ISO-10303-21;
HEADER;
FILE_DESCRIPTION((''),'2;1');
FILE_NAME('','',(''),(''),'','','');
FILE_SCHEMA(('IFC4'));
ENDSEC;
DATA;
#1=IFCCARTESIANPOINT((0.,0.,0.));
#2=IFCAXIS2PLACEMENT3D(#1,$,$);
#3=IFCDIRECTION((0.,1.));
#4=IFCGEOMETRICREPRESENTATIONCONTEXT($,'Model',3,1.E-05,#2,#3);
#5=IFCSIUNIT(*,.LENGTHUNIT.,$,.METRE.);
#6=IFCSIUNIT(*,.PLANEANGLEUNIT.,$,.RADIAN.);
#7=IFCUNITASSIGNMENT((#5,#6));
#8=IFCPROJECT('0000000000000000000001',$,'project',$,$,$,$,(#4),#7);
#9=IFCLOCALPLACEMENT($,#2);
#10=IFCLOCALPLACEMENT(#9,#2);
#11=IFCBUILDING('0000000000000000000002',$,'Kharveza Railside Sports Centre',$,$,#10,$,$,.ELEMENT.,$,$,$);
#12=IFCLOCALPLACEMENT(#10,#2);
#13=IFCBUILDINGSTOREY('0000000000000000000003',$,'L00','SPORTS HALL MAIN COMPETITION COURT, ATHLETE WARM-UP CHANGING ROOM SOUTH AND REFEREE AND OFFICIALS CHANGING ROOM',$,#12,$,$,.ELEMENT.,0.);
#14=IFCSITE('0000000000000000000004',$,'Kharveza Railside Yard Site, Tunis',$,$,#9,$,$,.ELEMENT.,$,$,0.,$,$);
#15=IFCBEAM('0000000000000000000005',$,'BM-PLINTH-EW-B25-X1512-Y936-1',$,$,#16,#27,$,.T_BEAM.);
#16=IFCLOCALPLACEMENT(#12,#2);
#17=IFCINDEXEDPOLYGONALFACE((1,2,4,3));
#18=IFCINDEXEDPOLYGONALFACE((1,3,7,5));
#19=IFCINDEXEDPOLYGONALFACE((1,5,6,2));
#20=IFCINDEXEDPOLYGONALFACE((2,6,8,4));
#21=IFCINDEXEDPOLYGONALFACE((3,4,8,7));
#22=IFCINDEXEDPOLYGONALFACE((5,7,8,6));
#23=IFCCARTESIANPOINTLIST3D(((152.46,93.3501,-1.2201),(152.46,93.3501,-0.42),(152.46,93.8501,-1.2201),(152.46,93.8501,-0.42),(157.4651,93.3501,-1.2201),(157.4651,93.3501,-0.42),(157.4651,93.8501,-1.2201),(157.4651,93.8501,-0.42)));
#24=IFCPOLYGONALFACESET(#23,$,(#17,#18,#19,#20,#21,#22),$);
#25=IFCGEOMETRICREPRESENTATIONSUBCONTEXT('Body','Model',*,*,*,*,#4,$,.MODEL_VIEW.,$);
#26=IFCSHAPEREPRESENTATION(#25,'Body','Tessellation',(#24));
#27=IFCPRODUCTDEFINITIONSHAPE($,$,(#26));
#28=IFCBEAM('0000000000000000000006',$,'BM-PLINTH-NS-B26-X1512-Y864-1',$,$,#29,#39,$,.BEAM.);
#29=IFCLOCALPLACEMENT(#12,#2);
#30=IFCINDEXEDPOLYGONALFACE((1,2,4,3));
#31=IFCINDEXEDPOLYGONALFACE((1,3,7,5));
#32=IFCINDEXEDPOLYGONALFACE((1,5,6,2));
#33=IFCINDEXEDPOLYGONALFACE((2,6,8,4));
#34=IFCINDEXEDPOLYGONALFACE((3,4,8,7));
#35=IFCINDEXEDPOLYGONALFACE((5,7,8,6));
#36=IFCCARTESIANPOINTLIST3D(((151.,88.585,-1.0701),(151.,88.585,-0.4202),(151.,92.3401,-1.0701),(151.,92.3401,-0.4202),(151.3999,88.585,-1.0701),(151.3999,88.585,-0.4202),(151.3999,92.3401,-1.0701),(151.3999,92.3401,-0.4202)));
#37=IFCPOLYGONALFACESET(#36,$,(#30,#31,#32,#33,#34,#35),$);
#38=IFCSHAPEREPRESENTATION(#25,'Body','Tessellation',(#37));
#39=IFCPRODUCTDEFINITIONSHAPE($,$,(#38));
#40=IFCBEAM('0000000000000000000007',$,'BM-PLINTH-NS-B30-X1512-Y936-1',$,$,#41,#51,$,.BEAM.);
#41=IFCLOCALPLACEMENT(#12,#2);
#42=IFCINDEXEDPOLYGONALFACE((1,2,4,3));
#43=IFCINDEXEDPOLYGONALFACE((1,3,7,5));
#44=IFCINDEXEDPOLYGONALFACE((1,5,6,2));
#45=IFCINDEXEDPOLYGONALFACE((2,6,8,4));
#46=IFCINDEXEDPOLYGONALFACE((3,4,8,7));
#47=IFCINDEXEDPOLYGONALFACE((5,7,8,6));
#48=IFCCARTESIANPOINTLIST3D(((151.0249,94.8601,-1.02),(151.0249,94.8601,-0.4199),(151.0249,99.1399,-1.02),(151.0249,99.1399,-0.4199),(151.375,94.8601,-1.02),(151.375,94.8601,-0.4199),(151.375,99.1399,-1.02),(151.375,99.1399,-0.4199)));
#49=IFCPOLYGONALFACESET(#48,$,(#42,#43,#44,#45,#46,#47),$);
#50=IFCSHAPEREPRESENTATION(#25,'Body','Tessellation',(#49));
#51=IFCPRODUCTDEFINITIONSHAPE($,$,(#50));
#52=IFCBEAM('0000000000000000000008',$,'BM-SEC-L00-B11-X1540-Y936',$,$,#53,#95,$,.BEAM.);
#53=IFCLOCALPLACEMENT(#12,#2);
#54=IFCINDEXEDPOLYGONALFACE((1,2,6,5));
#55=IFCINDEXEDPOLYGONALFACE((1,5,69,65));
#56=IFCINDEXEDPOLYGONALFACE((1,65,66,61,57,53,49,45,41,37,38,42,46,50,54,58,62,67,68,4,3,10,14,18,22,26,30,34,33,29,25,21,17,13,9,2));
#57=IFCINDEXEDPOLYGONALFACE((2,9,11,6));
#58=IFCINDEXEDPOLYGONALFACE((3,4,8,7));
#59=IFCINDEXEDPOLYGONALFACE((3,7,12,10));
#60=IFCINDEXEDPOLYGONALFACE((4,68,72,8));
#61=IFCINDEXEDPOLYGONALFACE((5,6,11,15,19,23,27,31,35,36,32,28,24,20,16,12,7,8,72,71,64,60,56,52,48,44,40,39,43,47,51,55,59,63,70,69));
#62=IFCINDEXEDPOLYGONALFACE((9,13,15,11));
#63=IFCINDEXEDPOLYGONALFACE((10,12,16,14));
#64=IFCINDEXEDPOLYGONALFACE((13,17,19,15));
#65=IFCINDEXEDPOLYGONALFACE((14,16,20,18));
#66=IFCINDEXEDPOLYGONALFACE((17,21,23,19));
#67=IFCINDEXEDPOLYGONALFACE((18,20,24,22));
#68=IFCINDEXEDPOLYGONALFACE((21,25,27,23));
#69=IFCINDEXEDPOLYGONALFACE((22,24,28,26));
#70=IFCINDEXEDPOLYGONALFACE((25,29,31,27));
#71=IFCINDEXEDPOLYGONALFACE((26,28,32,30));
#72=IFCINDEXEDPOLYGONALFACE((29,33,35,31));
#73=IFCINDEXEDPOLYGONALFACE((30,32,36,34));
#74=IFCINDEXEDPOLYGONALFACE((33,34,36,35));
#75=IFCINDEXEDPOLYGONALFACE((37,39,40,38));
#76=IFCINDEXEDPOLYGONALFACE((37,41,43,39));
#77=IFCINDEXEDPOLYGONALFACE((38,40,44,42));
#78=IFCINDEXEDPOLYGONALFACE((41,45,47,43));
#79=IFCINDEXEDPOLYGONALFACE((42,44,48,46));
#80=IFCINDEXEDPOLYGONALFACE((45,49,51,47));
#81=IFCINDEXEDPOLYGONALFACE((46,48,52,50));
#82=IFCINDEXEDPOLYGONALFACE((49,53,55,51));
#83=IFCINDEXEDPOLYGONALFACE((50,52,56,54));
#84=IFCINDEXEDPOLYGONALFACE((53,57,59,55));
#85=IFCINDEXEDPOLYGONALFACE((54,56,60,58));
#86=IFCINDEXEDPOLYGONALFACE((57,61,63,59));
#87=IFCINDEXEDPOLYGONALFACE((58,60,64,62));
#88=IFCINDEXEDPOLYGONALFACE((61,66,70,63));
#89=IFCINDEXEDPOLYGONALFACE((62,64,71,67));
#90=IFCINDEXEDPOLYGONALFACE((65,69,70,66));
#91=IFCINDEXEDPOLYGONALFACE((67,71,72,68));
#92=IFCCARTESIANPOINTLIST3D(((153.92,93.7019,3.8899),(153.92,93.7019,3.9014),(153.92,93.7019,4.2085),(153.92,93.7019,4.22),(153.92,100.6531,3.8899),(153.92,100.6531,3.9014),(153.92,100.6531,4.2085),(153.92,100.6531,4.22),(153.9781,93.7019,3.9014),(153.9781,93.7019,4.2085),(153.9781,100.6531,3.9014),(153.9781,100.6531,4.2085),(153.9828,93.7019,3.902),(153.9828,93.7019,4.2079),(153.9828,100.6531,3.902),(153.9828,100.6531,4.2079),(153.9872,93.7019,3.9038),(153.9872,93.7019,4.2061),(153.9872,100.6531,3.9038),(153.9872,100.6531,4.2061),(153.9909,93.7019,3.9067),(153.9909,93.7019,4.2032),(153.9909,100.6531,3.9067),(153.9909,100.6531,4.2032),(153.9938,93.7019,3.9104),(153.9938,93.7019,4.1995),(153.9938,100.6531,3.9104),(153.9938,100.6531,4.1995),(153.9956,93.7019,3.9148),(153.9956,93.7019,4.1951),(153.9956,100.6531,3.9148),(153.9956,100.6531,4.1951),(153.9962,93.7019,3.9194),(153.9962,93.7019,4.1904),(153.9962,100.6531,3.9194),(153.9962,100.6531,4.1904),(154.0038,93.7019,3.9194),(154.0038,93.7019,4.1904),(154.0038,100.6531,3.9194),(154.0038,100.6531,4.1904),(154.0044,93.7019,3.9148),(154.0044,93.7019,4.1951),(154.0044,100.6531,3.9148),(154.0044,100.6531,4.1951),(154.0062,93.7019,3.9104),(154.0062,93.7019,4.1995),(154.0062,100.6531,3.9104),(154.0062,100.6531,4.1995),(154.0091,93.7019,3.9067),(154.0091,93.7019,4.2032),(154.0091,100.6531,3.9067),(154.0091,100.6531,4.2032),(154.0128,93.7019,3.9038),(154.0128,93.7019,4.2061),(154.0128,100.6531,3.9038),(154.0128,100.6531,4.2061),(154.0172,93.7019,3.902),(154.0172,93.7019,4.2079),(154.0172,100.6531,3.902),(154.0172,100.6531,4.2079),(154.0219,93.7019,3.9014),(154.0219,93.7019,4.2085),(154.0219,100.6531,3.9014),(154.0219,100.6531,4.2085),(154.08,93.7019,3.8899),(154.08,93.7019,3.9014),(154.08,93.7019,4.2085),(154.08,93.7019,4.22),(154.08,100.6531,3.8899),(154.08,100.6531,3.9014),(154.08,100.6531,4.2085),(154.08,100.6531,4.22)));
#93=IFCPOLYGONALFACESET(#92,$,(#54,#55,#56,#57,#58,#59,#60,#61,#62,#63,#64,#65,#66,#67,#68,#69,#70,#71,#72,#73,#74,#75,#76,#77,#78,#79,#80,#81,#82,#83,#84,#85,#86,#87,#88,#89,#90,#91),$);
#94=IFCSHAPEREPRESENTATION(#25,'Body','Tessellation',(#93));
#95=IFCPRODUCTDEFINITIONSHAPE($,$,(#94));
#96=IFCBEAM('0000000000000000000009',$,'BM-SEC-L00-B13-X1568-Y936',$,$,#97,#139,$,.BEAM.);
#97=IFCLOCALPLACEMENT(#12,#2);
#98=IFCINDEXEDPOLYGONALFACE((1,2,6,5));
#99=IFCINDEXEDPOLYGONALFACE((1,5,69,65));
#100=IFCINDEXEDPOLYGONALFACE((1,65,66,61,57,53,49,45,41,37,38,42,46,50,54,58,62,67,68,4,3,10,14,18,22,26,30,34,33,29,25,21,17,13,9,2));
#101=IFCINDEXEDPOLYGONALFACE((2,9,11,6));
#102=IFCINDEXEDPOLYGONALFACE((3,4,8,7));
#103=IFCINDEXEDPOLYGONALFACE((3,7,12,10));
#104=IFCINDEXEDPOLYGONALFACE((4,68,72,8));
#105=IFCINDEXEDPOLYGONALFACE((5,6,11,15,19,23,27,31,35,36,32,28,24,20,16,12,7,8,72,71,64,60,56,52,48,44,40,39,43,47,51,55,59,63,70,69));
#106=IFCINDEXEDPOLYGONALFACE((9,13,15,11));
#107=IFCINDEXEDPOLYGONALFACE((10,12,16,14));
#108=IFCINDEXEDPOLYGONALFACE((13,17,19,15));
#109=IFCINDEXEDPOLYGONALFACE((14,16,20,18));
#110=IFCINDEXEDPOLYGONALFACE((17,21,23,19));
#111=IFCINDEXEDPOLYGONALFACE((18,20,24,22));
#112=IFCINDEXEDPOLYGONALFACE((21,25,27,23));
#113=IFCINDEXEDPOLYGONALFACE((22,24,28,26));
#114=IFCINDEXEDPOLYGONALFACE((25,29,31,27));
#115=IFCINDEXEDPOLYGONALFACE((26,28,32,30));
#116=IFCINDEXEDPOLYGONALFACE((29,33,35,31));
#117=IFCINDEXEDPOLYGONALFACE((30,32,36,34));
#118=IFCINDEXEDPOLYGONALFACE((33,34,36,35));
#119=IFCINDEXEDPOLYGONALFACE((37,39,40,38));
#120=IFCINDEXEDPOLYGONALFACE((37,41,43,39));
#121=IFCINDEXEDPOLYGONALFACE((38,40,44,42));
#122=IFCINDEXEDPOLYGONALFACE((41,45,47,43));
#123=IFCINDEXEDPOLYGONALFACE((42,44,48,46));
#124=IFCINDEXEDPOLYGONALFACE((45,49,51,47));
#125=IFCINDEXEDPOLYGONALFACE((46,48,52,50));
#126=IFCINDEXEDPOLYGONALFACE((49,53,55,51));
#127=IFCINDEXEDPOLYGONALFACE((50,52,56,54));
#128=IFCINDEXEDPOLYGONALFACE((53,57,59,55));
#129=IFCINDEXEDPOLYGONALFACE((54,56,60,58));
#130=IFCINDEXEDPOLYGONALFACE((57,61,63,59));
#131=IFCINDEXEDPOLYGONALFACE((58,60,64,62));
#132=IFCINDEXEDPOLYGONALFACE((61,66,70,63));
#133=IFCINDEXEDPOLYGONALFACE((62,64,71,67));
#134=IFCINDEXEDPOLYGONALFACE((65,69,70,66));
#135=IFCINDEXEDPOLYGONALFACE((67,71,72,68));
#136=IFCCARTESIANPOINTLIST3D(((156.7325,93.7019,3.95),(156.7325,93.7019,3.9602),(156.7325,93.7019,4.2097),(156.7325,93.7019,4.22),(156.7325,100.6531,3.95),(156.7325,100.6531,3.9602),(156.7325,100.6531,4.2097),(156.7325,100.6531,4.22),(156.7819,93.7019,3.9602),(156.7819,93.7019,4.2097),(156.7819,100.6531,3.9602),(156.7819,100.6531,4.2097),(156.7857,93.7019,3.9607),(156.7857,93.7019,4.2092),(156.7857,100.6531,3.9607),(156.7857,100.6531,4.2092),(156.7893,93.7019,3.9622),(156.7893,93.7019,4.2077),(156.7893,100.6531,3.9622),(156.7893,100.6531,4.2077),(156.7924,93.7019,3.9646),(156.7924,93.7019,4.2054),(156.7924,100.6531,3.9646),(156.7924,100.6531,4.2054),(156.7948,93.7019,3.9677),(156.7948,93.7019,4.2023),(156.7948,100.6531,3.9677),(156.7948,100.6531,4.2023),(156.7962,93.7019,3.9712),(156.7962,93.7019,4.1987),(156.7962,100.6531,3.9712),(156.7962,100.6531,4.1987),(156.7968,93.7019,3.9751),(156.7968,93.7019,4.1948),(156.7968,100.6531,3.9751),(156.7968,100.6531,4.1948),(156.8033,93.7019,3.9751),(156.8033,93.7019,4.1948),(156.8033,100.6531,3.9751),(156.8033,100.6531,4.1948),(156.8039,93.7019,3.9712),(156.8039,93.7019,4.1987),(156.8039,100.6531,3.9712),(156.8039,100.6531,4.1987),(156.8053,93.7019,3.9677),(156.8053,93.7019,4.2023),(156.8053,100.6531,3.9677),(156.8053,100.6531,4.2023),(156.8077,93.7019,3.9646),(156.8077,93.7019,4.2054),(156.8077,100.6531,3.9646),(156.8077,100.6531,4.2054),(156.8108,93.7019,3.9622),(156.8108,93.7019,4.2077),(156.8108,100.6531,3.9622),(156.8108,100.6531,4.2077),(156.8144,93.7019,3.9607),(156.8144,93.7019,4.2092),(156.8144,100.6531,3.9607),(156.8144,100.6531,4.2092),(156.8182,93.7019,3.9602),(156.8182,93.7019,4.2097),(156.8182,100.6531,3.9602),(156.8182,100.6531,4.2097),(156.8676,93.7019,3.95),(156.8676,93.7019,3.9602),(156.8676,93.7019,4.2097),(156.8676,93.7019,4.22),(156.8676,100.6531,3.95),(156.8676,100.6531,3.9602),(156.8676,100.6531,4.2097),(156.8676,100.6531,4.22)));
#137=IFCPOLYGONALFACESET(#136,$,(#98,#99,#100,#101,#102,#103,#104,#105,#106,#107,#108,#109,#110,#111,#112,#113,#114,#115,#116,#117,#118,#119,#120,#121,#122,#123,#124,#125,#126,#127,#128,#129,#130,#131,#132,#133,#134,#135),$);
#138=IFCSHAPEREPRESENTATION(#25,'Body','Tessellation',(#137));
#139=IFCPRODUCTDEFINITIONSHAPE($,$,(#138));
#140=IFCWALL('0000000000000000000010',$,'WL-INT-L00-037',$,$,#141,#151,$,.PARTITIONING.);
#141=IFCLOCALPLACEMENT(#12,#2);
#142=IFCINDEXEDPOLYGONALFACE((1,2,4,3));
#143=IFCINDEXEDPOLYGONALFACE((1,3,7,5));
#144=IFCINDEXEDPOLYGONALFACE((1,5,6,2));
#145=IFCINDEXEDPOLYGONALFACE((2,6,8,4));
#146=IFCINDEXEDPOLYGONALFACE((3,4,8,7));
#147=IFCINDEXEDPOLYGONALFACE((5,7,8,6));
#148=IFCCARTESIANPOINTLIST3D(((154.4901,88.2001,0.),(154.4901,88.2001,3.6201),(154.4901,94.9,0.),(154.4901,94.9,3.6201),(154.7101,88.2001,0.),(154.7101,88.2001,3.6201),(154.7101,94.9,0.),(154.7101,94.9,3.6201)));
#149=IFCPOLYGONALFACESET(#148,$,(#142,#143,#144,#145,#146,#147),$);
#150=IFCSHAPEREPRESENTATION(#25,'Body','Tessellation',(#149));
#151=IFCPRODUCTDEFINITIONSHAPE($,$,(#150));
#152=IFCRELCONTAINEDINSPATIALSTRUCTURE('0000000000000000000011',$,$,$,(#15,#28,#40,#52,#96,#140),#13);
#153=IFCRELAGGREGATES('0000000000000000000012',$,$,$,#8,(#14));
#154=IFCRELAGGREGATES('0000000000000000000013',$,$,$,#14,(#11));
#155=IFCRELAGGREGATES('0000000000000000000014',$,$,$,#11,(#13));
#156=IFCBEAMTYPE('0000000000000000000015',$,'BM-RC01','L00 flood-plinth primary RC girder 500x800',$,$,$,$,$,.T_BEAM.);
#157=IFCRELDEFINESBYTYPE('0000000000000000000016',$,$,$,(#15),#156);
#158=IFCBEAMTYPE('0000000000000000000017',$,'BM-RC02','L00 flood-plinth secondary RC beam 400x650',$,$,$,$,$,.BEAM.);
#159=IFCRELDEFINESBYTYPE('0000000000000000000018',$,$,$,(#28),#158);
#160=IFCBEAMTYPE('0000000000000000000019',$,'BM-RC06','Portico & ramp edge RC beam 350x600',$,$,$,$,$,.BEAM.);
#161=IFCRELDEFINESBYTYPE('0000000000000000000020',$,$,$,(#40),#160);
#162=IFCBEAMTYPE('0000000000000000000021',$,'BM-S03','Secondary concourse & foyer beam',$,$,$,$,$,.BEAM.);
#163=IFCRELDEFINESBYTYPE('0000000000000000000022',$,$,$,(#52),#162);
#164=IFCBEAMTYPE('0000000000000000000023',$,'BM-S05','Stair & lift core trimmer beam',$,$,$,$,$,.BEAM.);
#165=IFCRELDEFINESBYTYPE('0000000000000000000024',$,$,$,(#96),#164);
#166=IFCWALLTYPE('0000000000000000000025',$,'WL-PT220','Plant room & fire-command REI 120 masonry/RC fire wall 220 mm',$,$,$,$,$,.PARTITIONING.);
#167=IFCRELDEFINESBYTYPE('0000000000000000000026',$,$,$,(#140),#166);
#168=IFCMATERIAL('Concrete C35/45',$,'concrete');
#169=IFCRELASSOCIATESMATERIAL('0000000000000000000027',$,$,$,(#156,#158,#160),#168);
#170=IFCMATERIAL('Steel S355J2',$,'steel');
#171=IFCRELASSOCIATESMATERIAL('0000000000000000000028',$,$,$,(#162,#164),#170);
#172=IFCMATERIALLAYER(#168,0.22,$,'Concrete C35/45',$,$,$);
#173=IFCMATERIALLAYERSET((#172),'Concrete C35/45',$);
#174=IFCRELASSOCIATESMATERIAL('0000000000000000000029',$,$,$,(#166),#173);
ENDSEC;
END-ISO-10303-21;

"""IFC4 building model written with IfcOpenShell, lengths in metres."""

from ifc_helpers import new_model, si_unit, direction, frame, frame_2d, origin, origin_2d, place, context, subcontext, project, spatial, rectangle, i_section, extrude, material, layer, layer_set, material_profile, profile_set, type_object, element, save


model = new_model("IFC4")

# Units and contexts
model_context = context("Model", 3, precision=1e-05, world=origin(), true_north=direction((0.0, 1.0)))
body_context = subcontext(model_context, "Body", "Model", "MODEL_VIEW")
ifc_project = project(units=[si_unit("LENGTHUNIT", "METRE"), si_unit("PLANEANGLEUNIT", "RADIAN")], contexts=[model_context])

# Site, building, storey
site_placement = place(None, origin())
site = spatial("IfcSite", under=ifc_project, at=site_placement, Name="Kharveza Railside Yard Site, Tunis", CompositionType="ELEMENT", RefElevation=0.0)
building_placement = place(site_placement, origin())
building = spatial("IfcBuilding", under=site, at=building_placement, Name="Kharveza Railside Sports Centre", CompositionType="ELEMENT")
storey_placement = place(building_placement, origin())
storey = spatial("IfcBuildingStorey", under=building, at=storey_placement, Name="L00", Description="SPORTS HALL MAIN COMPETITION COURT, ATHLETE WARM-UP CHANGING ROOM SOUTH AND REFEREE AND OFFICIALS CHANGING ROOM", CompositionType="ELEMENT", Elevation=0.0)

# Shared definitions
ifc_material_1 = material(Name="Concrete C35/45", Category="concrete")

# Shared definitions
ifc_material_2 = material(Name="Steel S355J2", Category="steel")

# Beams
ifc_material_profile_1 = material_profile(ifc_material_1, rectangle(XDim=0.5, YDim=0.8, at=origin_2d()), Name="RCB 500x800")
ifc_profile_set_1 = profile_set([ifc_material_profile_1], Name="Concrete C35/45")
beam_type_1 = type_object("IfcBeamType", Name="BM-RC01", Description="L00 flood-plinth primary RC girder 500x800", PredefinedType="T_BEAM", material=ifc_profile_set_1)
beam_1_placement = place(storey_placement, frame((152.46, 93.6001, -0.8201), z_axis=(1.0, 0.0, 0.0), x_axis=(0.0, 1.0, 0.0)))
element("IfcBeam", 1, at=beam_1_placement, inside=storey, type_object=beam_type_1, Name="BM-PLINTH-EW-B25-X1512-Y936-1", PredefinedType="T_BEAM", context=body_context, shape_type="SweptSolid", body=[
    extrude(rectangle(XDim=0.5, YDim=0.8, at=origin_2d()), origin(), (0.0, 0.0, 1.0), 5.0051),
])
ifc_material_profile_2 = material_profile(ifc_material_1, rectangle(XDim=0.3999, YDim=0.6499, at=origin_2d()), Name="RCB 400x650")
ifc_profile_set_2 = profile_set([ifc_material_profile_2], Name="Concrete C35/45")
beam_type_2 = type_object("IfcBeamType", Name="BM-RC02", Description="L00 flood-plinth secondary RC beam 400x650", PredefinedType="BEAM", material=ifc_profile_set_2)
beam_2_placement = place(storey_placement, frame((151.2, 88.585, -0.7451), z_axis=(0.0, 1.0, 0.0), x_axis=(-1.0, 0.0, 0.0)))
element("IfcBeam", 2, at=beam_2_placement, inside=storey, type_object=beam_type_2, Name="BM-PLINTH-NS-B26-X1512-Y864-1", PredefinedType="BEAM", context=body_context, shape_type="SweptSolid", body=[
    extrude(rectangle(XDim=0.3999, YDim=0.6499, at=origin_2d()), origin(), (0.0, 0.0, 1.0), 3.7551),
])
ifc_material_profile_3 = material_profile(ifc_material_1, rectangle(XDim=0.3501, YDim=0.6001, at=origin_2d()), Name="RCB 350x600")
ifc_profile_set_3 = profile_set([ifc_material_profile_3], Name="Concrete C35/45")
beam_type_3 = type_object("IfcBeamType", Name="BM-RC06", Description="Portico & ramp edge RC beam 350x600", PredefinedType="BEAM", material=ifc_profile_set_3)
beam_3_placement = place(storey_placement, frame((151.2, 94.8601, -0.72), z_axis=(0.0, 1.0, 0.0), x_axis=(-1.0, 0.0, 0.0)))
element("IfcBeam", 3, at=beam_3_placement, inside=storey, type_object=beam_type_3, Name="BM-PLINTH-NS-B30-X1512-Y936-1", PredefinedType="BEAM", context=body_context, shape_type="SweptSolid", body=[
    extrude(rectangle(XDim=0.3501, YDim=0.6001, at=origin_2d()), origin(), (0.0, 0.0, 1.0), 4.2798),
])
ifc_material_profile_4 = material_profile(ifc_material_2, i_section(OverallWidth=0.1599, OverallDepth=0.3301, WebThickness=0.0076, FlangeThickness=0.0115, FilletRadius=0.0181, at=origin_2d()), Name="IPE 330")
ifc_profile_set_4 = profile_set([ifc_material_profile_4], Name="Steel S355J2")
beam_type_4 = type_object("IfcBeamType", Name="BM-S03", Description="Secondary concourse & foyer beam", PredefinedType="BEAM", material=ifc_profile_set_4)
beam_4_placement = place(storey_placement, frame((154.0, 93.7019, 4.0549), z_axis=(0.0, 1.0, 0.0), x_axis=(-1.0, 0.0, 0.0)))
element("IfcBeam", 4, at=beam_4_placement, inside=storey, type_object=beam_type_4, Name="BM-SEC-L00-B11-X1540-Y936", PredefinedType="BEAM", context=body_context, shape_type="SweptSolid", body=[
    extrude(i_section(OverallWidth=0.1599, OverallDepth=0.3301, WebThickness=0.0076, FlangeThickness=0.0115, FilletRadius=0.0181, at=origin_2d()), origin(), (0.0, 0.0, 1.0), 6.9512),
])
ifc_material_profile_5 = material_profile(ifc_material_2, i_section(OverallWidth=0.135, OverallDepth=0.27, WebThickness=0.0066, FlangeThickness=0.0103, FilletRadius=0.0149, at=origin_2d()), Name="IPE 270")
ifc_profile_set_5 = profile_set([ifc_material_profile_5], Name="Steel S355J2")
beam_type_5 = type_object("IfcBeamType", Name="BM-S05", Description="Stair & lift core trimmer beam", PredefinedType="BEAM", material=ifc_profile_set_5)
beam_5_placement = place(storey_placement, frame((156.8, 93.7019, 4.085), z_axis=(0.0, 1.0, 0.0), x_axis=(-1.0, 0.0, 0.0)))
element("IfcBeam", 5, at=beam_5_placement, inside=storey, type_object=beam_type_5, Name="BM-SEC-L00-B13-X1568-Y936", PredefinedType="BEAM", context=body_context, shape_type="SweptSolid", body=[
    extrude(i_section(OverallWidth=0.135, OverallDepth=0.27, WebThickness=0.0066, FlangeThickness=0.0103, FilletRadius=0.0149, at=origin_2d()), origin(), (0.0, 0.0, 1.0), 6.9512),
])

# Wall
ifc_layer = layer(ifc_material_1, 0.22, Name="Concrete C35/45")
ifc_layer_set = layer_set([ifc_layer], Name="Concrete C35/45")
wall_type = type_object("IfcWallType", Name="WL-PT220", Description="Plant room & fire-command REI 120 masonry/RC fire wall 220 mm", PredefinedType="PARTITIONING", material=ifc_layer_set)
wall_placement = place(storey_placement, frame((154.6001, 88.2, 0.0), z_axis=(0.0, 0.0, 1.0), x_axis=(0.0, 1.0, 0.0)))
element("IfcWall", 6, at=wall_placement, inside=storey, type_object=wall_type, Name="WL-INT-L00-037", PredefinedType="PARTITIONING", context=body_context, shape_type="SweptSolid", body=[
    extrude(rectangle(XDim=6.7, YDim=0.22, at=frame_2d((3.3501, 0.0))), origin(), (0.0, 0.0, 1.0), 3.6201),
])

save(model, "model.ifc")
